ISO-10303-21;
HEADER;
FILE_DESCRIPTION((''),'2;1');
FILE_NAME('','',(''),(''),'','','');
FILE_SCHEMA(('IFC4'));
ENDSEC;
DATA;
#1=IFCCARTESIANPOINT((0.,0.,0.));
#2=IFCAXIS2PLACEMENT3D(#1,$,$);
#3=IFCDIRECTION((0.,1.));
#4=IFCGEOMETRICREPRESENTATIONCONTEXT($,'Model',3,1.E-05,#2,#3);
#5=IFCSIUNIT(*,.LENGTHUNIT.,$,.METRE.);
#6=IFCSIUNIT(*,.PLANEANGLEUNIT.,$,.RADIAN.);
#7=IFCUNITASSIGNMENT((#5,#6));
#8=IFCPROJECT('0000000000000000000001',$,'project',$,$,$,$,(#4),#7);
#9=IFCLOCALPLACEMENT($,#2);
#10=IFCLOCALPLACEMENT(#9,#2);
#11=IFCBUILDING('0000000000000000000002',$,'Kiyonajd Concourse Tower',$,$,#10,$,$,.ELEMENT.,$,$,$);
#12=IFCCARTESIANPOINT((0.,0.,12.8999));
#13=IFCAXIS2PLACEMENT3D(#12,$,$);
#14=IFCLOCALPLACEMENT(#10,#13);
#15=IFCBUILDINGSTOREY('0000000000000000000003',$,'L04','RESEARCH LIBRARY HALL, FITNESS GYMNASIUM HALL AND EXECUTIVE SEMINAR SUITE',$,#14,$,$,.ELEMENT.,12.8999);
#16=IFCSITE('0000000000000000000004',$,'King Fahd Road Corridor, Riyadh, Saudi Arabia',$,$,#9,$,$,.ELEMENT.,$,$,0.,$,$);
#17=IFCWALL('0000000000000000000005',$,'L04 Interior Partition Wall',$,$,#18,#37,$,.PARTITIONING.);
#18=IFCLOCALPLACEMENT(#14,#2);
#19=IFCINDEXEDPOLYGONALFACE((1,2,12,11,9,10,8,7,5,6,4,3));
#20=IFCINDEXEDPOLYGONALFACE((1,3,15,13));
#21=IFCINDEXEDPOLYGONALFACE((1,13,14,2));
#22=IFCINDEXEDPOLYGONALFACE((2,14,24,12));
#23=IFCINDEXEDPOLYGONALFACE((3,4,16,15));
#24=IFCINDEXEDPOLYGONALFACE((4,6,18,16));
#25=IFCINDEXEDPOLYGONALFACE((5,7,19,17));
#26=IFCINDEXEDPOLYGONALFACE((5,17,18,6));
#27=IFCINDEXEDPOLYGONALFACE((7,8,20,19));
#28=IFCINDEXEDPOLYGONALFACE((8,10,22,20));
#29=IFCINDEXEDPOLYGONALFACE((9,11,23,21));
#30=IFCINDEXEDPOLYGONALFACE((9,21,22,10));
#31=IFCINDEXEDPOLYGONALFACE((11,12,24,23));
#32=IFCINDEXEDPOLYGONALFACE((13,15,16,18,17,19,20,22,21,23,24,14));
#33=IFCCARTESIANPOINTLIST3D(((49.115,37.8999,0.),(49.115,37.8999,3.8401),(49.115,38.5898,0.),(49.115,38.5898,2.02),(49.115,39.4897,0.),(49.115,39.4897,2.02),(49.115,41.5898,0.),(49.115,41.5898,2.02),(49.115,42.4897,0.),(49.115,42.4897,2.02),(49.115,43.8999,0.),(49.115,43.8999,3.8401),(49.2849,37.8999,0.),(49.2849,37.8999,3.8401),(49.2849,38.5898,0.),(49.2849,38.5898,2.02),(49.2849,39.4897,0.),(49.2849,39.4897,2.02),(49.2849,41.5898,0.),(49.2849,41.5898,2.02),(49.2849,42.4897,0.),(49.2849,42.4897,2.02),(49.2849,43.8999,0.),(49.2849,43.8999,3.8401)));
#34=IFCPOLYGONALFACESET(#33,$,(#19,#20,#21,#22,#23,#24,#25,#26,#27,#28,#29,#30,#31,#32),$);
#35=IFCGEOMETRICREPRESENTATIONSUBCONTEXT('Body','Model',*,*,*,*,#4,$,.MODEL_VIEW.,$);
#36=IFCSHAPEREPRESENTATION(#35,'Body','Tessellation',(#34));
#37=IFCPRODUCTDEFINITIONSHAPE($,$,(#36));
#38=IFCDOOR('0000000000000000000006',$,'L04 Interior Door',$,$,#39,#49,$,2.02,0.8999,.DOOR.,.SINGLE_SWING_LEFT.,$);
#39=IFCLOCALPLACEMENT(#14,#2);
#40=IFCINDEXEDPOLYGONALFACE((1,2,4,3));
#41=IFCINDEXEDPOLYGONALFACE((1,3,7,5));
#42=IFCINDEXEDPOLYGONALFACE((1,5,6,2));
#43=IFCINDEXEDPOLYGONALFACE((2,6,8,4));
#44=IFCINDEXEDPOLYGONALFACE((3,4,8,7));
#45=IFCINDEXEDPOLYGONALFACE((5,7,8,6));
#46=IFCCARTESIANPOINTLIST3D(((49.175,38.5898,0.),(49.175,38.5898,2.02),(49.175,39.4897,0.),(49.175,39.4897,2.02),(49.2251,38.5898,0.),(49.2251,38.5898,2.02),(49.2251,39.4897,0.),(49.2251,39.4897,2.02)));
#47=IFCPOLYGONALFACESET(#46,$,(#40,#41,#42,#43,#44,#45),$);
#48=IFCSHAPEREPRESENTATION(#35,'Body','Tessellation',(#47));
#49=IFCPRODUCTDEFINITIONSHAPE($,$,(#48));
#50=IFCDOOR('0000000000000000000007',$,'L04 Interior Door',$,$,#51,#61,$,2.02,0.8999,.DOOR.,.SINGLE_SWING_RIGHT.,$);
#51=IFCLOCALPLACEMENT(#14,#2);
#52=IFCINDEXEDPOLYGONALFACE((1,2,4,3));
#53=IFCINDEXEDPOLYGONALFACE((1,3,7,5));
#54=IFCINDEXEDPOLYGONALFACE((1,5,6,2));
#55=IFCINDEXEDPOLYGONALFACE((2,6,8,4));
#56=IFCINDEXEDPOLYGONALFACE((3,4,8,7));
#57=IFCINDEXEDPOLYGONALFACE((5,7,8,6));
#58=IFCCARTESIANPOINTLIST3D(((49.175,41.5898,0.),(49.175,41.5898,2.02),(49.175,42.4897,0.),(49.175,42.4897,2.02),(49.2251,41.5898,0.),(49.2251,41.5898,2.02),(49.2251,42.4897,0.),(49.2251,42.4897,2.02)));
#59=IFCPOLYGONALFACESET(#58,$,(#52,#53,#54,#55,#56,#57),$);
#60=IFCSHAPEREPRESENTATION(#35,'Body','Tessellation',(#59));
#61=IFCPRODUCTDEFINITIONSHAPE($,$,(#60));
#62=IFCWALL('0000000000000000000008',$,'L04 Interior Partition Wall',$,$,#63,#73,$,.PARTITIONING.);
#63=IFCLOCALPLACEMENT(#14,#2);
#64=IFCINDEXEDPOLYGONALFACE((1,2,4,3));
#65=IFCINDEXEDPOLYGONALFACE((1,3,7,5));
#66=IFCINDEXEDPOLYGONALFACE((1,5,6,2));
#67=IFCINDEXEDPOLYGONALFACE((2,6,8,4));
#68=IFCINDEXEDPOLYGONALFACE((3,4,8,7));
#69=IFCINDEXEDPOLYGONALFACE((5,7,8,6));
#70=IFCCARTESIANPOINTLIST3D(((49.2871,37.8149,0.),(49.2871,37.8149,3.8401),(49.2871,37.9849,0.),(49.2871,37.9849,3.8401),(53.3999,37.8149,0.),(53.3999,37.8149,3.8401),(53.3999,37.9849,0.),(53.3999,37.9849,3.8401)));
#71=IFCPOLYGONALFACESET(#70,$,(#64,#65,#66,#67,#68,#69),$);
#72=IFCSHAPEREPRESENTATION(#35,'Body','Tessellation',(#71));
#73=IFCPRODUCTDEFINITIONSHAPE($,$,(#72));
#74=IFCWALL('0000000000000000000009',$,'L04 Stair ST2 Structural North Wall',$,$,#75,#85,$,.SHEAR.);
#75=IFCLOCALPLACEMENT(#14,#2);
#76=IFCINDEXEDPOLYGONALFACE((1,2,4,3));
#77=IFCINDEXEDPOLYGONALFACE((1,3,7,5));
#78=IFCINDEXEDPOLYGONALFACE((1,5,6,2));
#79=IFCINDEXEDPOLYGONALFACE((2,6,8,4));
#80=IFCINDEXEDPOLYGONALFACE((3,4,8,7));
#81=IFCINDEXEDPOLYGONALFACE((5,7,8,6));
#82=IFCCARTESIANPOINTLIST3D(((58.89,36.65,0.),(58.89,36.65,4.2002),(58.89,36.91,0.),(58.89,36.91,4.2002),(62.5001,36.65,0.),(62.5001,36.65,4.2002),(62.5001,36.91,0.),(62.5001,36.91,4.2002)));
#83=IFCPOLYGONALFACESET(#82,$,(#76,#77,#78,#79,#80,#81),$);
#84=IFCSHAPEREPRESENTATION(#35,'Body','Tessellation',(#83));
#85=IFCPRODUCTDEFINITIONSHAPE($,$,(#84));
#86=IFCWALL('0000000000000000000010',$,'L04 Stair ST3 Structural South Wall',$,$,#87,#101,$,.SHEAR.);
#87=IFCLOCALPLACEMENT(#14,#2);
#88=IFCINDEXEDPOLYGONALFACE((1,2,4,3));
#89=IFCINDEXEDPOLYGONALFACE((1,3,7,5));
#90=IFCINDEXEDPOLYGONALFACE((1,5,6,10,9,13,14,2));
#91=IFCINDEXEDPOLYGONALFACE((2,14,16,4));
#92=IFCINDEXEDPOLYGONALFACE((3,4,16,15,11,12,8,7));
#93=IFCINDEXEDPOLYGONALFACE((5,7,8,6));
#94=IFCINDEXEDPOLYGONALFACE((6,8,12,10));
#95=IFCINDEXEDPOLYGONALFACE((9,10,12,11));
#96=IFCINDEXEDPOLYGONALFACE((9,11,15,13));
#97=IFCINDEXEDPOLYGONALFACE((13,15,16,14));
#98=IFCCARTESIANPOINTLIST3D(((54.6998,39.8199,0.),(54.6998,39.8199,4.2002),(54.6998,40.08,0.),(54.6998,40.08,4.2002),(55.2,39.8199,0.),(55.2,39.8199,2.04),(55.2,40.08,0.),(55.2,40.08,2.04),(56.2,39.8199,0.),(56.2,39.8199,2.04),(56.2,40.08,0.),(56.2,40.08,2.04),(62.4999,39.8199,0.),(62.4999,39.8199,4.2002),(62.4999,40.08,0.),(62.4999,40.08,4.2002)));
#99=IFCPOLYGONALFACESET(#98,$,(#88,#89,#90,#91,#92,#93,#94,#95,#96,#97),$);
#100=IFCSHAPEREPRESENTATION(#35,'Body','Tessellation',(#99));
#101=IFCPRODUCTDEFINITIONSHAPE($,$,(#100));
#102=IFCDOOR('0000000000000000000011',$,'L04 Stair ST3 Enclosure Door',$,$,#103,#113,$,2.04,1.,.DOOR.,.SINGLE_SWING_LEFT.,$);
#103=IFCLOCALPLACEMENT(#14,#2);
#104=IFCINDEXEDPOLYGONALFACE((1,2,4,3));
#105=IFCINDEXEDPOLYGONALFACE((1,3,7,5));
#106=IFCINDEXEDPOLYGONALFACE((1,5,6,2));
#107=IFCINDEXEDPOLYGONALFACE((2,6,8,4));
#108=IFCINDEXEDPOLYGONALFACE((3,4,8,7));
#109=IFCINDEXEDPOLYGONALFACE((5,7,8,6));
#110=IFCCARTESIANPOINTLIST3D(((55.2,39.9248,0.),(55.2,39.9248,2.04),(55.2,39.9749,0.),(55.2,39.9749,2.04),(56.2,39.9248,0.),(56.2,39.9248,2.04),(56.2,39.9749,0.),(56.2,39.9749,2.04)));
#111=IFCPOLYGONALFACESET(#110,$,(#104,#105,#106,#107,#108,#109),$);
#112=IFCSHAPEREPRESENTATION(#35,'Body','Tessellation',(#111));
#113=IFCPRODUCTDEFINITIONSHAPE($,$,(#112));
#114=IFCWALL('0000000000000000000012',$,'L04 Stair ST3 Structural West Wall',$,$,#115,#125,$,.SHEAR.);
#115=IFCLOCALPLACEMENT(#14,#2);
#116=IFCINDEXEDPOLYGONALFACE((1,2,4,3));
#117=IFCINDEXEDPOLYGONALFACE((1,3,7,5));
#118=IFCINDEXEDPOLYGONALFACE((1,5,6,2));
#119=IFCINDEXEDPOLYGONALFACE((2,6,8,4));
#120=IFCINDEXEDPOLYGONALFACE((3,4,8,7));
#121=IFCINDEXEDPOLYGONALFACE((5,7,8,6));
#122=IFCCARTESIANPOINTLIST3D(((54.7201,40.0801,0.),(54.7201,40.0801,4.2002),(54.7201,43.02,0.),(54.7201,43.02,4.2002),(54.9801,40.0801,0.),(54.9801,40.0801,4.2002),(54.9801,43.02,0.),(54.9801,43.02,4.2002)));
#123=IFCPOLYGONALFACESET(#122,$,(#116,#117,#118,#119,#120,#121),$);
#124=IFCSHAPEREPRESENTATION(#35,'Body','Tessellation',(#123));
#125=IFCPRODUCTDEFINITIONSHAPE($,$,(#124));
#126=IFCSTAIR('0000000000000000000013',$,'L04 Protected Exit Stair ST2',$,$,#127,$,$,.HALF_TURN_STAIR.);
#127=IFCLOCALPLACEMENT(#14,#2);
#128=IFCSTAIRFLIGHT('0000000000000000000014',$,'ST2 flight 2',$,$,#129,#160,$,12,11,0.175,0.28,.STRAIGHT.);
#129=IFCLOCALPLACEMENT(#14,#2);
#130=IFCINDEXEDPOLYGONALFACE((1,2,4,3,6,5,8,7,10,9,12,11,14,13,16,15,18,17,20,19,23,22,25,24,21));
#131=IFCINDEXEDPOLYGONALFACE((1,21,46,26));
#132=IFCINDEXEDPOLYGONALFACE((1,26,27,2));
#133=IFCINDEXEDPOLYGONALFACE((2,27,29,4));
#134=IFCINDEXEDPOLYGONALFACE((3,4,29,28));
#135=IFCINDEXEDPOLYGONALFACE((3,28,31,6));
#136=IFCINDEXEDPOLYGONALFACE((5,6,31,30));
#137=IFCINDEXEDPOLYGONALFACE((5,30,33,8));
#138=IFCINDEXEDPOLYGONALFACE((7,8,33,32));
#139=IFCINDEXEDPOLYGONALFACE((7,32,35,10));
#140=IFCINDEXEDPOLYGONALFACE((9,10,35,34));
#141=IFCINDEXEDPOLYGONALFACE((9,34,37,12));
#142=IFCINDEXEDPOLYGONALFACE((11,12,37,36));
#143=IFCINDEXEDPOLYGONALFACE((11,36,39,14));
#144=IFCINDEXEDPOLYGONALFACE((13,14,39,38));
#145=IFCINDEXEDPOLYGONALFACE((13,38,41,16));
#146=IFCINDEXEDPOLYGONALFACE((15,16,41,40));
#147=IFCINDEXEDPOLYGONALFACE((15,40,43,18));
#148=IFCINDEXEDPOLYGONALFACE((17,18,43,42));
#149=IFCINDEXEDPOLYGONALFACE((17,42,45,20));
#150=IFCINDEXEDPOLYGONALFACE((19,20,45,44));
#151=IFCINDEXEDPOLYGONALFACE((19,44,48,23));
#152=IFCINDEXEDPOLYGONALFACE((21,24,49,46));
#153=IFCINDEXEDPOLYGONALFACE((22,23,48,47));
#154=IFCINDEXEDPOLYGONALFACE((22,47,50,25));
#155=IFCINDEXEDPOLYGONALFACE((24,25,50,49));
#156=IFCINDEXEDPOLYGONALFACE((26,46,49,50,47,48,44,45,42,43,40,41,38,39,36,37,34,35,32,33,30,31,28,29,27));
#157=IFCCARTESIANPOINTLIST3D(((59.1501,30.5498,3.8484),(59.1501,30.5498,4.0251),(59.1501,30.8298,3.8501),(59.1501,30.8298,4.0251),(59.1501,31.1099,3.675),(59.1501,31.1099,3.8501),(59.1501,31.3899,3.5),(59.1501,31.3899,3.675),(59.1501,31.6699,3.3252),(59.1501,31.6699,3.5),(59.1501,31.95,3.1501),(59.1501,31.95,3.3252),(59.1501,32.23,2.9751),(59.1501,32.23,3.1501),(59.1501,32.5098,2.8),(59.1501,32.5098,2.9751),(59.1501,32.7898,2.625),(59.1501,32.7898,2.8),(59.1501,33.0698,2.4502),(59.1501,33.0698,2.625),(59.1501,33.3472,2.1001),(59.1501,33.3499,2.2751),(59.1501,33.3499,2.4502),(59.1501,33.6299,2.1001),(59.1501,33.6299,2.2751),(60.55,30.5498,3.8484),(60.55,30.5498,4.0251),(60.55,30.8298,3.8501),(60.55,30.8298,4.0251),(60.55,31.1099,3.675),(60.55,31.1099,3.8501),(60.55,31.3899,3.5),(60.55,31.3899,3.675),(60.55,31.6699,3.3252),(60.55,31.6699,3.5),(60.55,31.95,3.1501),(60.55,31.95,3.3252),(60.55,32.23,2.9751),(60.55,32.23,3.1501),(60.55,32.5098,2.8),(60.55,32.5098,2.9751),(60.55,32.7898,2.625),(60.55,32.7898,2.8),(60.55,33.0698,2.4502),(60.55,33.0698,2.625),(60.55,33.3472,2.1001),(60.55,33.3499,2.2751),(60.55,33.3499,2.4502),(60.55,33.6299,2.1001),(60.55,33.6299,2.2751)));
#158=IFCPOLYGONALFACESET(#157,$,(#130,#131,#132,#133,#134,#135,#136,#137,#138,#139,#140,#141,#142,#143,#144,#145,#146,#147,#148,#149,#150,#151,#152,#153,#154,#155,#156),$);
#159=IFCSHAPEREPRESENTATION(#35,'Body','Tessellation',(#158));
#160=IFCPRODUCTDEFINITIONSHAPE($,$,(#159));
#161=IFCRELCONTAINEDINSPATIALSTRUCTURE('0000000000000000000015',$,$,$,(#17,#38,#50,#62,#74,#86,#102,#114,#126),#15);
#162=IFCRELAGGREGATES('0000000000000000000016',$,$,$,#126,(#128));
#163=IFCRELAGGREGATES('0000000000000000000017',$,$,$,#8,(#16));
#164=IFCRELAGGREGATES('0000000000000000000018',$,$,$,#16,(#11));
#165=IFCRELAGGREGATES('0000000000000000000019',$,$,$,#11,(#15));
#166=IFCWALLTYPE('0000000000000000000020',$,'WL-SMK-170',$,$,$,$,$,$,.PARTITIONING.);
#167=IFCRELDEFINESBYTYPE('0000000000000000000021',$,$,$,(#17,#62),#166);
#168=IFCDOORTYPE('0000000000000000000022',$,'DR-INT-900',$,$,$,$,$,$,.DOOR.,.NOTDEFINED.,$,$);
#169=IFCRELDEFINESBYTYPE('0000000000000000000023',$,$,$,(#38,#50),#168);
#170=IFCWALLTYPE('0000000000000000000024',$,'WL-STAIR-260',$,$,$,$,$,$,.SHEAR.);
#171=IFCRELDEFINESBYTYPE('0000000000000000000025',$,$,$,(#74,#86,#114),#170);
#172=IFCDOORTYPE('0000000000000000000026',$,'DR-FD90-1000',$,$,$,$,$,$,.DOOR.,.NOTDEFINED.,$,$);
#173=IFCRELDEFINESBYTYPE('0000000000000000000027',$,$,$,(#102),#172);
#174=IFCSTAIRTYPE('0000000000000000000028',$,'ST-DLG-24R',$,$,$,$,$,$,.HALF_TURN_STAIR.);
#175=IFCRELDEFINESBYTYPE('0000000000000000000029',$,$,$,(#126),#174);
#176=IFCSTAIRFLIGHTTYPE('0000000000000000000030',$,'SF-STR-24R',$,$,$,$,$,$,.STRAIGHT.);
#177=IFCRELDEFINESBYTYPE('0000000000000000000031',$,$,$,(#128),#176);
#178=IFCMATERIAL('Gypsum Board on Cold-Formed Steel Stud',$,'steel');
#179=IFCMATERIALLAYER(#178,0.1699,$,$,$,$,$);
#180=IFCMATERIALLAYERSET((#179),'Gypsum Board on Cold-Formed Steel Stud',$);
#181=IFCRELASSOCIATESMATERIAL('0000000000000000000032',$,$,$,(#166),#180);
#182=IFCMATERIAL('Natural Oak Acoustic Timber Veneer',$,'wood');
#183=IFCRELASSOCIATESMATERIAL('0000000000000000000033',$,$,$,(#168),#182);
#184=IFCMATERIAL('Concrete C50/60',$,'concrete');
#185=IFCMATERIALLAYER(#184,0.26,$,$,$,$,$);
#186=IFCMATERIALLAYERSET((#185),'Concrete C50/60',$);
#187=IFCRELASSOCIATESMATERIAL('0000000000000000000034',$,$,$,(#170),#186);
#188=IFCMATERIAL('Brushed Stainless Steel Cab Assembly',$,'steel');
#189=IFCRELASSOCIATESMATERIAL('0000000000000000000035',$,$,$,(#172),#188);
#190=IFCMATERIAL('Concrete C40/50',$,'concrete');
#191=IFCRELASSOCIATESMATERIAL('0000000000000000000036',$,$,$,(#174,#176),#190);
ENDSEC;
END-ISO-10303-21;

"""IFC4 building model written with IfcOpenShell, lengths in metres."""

from ifc_helpers import new_model, si_unit, direction, frame, frame_2d, origin, place, context, subcontext, project, spatial, polyline, rectangle, outline, extrude, material, layer, layer_set, type_object, element, fill, aggregate, save


model = new_model("IFC4")

# Units and contexts
model_context = context("Model", 3, precision=1e-05, world=origin(), true_north=direction((0.0, 1.0)))
body_context = subcontext(model_context, "Body", "Model", "MODEL_VIEW")
ifc_project = project(units=[si_unit("LENGTHUNIT", "METRE"), si_unit("PLANEANGLEUNIT", "RADIAN")], contexts=[model_context])

# Site, building, storey
site_placement = place(None, origin())
site = spatial("IfcSite", under=ifc_project, at=site_placement, Name="King Fahd Road Corridor, Riyadh, Saudi Arabia", CompositionType="ELEMENT", RefElevation=0.0)
building_placement = place(site_placement, origin())
building = spatial("IfcBuilding", under=site, at=building_placement, Name="Kiyonajd Concourse Tower", CompositionType="ELEMENT")
storey_placement = place(building_placement, frame((0.0, 0.0, 12.8999)))
storey = spatial("IfcBuildingStorey", under=building, at=storey_placement, Name="L04", Description="RESEARCH LIBRARY HALL, FITNESS GYMNASIUM HALL AND EXECUTIVE SEMINAR SUITE", CompositionType="ELEMENT", Elevation=12.8999)

# Shared definitions
ifc_material_1 = material(Name="Concrete C50/60", Category="concrete")

# Shared definitions
ifc_material_2 = material(Name="Gypsum Board on Cold-Formed Steel Stud", Category="steel")

# Shared definitions
ifc_layer_1 = layer(ifc_material_2, 0.1699)
ifc_layer_set_1 = layer_set([ifc_layer_1], Name="Gypsum Board on Cold-Formed Steel Stud")
wall_type_1 = type_object("IfcWallType", Name="WL-SMK-170", PredefinedType="PARTITIONING", material=ifc_layer_set_1)
ifc_material_3 = material(Name="Brushed Stainless Steel Cab Assembly", Category="steel")

# Wall, openings, doors
wall_1_placement = place(storey_placement, frame((49.2, 37.8999, 0.0), z_axis=(0.0, 0.0, 1.0), x_axis=(0.0, 1.0, 0.0)))
wall_1 = element("IfcWall", 1, at=wall_1_placement, inside=storey, type_object=wall_type_1, Name="L04 Interior Partition Wall", PredefinedType="PARTITIONING", context=body_context, shape_type="SweptSolid", body=[
    extrude(rectangle(XDim=6.0, YDim=0.1699, at=frame_2d((3.0, 0.0))), origin(), (0.0, 0.0, 1.0), 3.8401),
])
opening_1_placement = place(wall_1_placement, frame((0.6899, 0.0, 0.0)))
opening_1 = element("IfcOpeningElement", 2, at=opening_1_placement, cuts=wall_1, PredefinedType="OPENING", context=body_context, shape_type="SweptSolid", body=[
    extrude(rectangle(XDim=0.8999, YDim=2.02, at=frame_2d((0.45, 1.01))), frame((0.0, 0.095, 0.0), z_axis=(0.0, -1.0, 0.0), x_axis=(1.0, 0.0, 0.0)), (0.0, 0.0, 1.0), 0.1899),
])
opening_2_placement = place(wall_1_placement, frame((3.6899, 0.0, 0.0)))
opening_2 = element("IfcOpeningElement", 3, at=opening_2_placement, cuts=wall_1, PredefinedType="OPENING", context=body_context, shape_type="SweptSolid", body=[
    extrude(rectangle(XDim=0.8999, YDim=2.02, at=frame_2d((0.45, 1.01))), frame((0.0, 0.095, 0.0), z_axis=(0.0, -1.0, 0.0), x_axis=(1.0, 0.0, 0.0)), (0.0, 0.0, 1.0), 0.1899),
])
ifc_material_4 = material(Name="Natural Oak Acoustic Timber Veneer", Category="wood")
door_type_1 = type_object("IfcDoorType", Name="DR-INT-900", OperationType="NOTDEFINED", PredefinedType="DOOR", material=ifc_material_4)
door_1_placement = place(opening_1_placement, origin())
door_1 = element("IfcDoor", 4, at=door_1_placement, inside=storey, type_object=door_type_1, Name="L04 Interior Door", OperationType="SINGLE_SWING_LEFT", OverallHeight=2.02, OverallWidth=0.8999, PredefinedType="DOOR", context=body_context, shape_type="SweptSolid", body=[
    extrude(rectangle(XDim=0.8999, YDim=2.02, at=frame_2d((0.45, 1.01))), frame((0.0, 0.0249, 0.0), z_axis=(0.0, -1.0, 0.0), x_axis=(1.0, 0.0, 0.0)), (0.0, 0.0, 1.0), 0.05),
])
fill(opening_1, door_1)
door_2_placement = place(opening_2_placement, origin())
door_2 = element("IfcDoor", 5, at=door_2_placement, inside=storey, type_object=door_type_1, Name="L04 Interior Door", OperationType="SINGLE_SWING_RIGHT", OverallHeight=2.02, OverallWidth=0.8999, PredefinedType="DOOR", context=body_context, shape_type="SweptSolid", body=[
    extrude(rectangle(XDim=0.8999, YDim=2.02, at=frame_2d((0.45, 1.01))), frame((0.0, 0.0249, 0.0), z_axis=(0.0, -1.0, 0.0), x_axis=(1.0, 0.0, 0.0)), (0.0, 0.0, 1.0), 0.05),
])
fill(opening_2, door_2)

# Walls
wall_2_placement = place(storey_placement, frame((49.2871, 37.8999, 0.0), z_axis=(0.0, 0.0, 1.0), x_axis=(1.0, 0.0, 0.0)))
element("IfcWall", 6, at=wall_2_placement, inside=storey, type_object=wall_type_1, Name="L04 Interior Partition Wall", PredefinedType="PARTITIONING", context=body_context, shape_type="SweptSolid", body=[
    extrude(rectangle(XDim=4.1128, YDim=0.1699, at=frame_2d((2.0564, 0.0))), origin(), (0.0, 0.0, 1.0), 3.8401),
])
ifc_layer_2 = layer(ifc_material_1, 0.26)
ifc_layer_set_2 = layer_set([ifc_layer_2], Name="Concrete C50/60")
wall_type_2 = type_object("IfcWallType", Name="WL-STAIR-260", PredefinedType="SHEAR", material=ifc_layer_set_2)
wall_3_placement = place(storey_placement, frame((58.8899, 36.78, 0.0), z_axis=(0.0, 0.0, 1.0), x_axis=(1.0, 0.0, 0.0)))
element("IfcWall", 7, at=wall_3_placement, inside=storey, type_object=wall_type_2, Name="L04 Stair ST2 Structural North Wall", PredefinedType="SHEAR", context=body_context, shape_type="SweptSolid", body=[
    extrude(rectangle(XDim=3.6101, YDim=0.26, at=frame_2d((1.8052, 0.0))), origin(), (0.0, 0.0, 1.0), 4.2002),
])

# Wall, opening, door
wall_4_placement = place(storey_placement, frame((54.7, 39.95, 0.0), z_axis=(0.0, 0.0, 1.0), x_axis=(1.0, 0.0, 0.0)))
wall_4 = element("IfcWall", 8, at=wall_4_placement, inside=storey, type_object=wall_type_2, Name="L04 Stair ST3 Structural South Wall", PredefinedType="SHEAR", context=body_context, shape_type="SweptSolid", body=[
    extrude(rectangle(XDim=7.8, YDim=0.26, at=frame_2d((3.8999, 0.0))), origin(), (0.0, 0.0, 1.0), 4.2002),
])
opening_3_placement = place(wall_4_placement, frame((0.5, 0.0, 0.0)))
opening_3 = element("IfcOpeningElement", 9, at=opening_3_placement, cuts=wall_4, PredefinedType="OPENING", context=body_context, shape_type="SweptSolid", body=[
    extrude(rectangle(XDim=1.0, YDim=2.04, at=frame_2d((0.5, 1.02))), frame((0.0, 0.1399, 0.0), z_axis=(0.0, -1.0, 0.0), x_axis=(1.0, 0.0, 0.0)), (0.0, 0.0, 1.0), 0.28),
])
door_type_2 = type_object("IfcDoorType", Name="DR-FD90-1000", OperationType="NOTDEFINED", PredefinedType="DOOR", material=ifc_material_3)
door_3_placement = place(opening_3_placement, origin())
door_3 = element("IfcDoor", 10, at=door_3_placement, inside=storey, type_object=door_type_2, Name="L04 Stair ST3 Enclosure Door", OperationType="SINGLE_SWING_LEFT", OverallHeight=2.04, OverallWidth=1.0, PredefinedType="DOOR", context=body_context, shape_type="SweptSolid", body=[
    extrude(rectangle(XDim=1.0, YDim=2.04, at=frame_2d((0.5, 1.02))), frame((0.0, 0.0249, 0.0), z_axis=(0.0, -1.0, 0.0), x_axis=(1.0, 0.0, 0.0)), (0.0, 0.0, 1.0), 0.05),
])
fill(opening_3, door_3)

# Wall
wall_5_placement = place(storey_placement, frame((54.8501, 40.0801, 0.0), z_axis=(0.0, 0.0, 1.0), x_axis=(0.0, 1.0, 0.0)))
element("IfcWall", 11, at=wall_5_placement, inside=storey, type_object=wall_type_2, Name="L04 Stair ST3 Structural West Wall", PredefinedType="SHEAR", context=body_context, shape_type="SweptSolid", body=[
    extrude(rectangle(XDim=2.9399, YDim=0.26, at=frame_2d((1.47, 0.0))), origin(), (0.0, 0.0, 1.0), 4.2002),
])

# Stair, stair flight
ifc_material_5 = material(Name="Concrete C40/50", Category="concrete")
stair_type = type_object("IfcStairType", Name="ST-DLG-24R", PredefinedType="HALF_TURN_STAIR", material=ifc_material_5)
stair_1_placement = place(storey_placement, origin())
stair_1 = element("IfcStair", 12, at=stair_1_placement, inside=storey, type_object=stair_type, Name="L04 Protected Exit Stair ST2", PredefinedType="HALF_TURN_STAIR")
stair_flight_type = type_object("IfcStairFlightType", Name="SF-STR-24R", PredefinedType="STRAIGHT", material=ifc_material_5)
stair_flight_1_placement = place(storey_placement, frame((59.8501, 33.6299, 2.1001), z_axis=(0.0, 0.0, 1.0), x_axis=(0.0, -1.0, 0.0)))
stair_flight_1 = element("IfcStairFlight", 13, at=stair_flight_1_placement, type_object=stair_flight_type, Name="ST2 flight 2", NumberOfRisers=12, NumberOfTreads=11, PredefinedType="STRAIGHT", RiserHeight=0.175, TreadLength=0.28, context=body_context, shape_type="SweptSolid", body=[
    extrude(outline(polyline([(0.0, 0.0), (0.0, 0.175), (0.28, 0.175), (0.28, 0.3501), (0.5601, 0.3501), (0.5601, 0.5249), (0.8401, 0.5249), (0.8401, 0.7), (1.1201, 0.7), (1.1201, 0.875), (1.3999, 0.875), (1.3999, 1.05), (1.6799, 1.05), (1.6799, 1.2251), (1.96, 1.2251), (1.96, 1.3999), (2.24, 1.3999), (2.24, 1.575), (2.52, 1.575), (2.52, 1.75), (2.8, 1.75), (2.8, 1.925), (3.0801, 1.925), (3.0801, 2.1001), (3.0801, 1.7483), (0.2827, 0.0), (0.0, 0.0)])), frame((0.0, 0.7, 0.0), z_axis=(0.0, -1.0, 0.0), x_axis=(1.0, 0.0, 0.0)), (0.0, 0.0, 1.0), 1.3999),
])
aggregate(stair_1, [stair_flight_1])

save(model, "model.ifc")
